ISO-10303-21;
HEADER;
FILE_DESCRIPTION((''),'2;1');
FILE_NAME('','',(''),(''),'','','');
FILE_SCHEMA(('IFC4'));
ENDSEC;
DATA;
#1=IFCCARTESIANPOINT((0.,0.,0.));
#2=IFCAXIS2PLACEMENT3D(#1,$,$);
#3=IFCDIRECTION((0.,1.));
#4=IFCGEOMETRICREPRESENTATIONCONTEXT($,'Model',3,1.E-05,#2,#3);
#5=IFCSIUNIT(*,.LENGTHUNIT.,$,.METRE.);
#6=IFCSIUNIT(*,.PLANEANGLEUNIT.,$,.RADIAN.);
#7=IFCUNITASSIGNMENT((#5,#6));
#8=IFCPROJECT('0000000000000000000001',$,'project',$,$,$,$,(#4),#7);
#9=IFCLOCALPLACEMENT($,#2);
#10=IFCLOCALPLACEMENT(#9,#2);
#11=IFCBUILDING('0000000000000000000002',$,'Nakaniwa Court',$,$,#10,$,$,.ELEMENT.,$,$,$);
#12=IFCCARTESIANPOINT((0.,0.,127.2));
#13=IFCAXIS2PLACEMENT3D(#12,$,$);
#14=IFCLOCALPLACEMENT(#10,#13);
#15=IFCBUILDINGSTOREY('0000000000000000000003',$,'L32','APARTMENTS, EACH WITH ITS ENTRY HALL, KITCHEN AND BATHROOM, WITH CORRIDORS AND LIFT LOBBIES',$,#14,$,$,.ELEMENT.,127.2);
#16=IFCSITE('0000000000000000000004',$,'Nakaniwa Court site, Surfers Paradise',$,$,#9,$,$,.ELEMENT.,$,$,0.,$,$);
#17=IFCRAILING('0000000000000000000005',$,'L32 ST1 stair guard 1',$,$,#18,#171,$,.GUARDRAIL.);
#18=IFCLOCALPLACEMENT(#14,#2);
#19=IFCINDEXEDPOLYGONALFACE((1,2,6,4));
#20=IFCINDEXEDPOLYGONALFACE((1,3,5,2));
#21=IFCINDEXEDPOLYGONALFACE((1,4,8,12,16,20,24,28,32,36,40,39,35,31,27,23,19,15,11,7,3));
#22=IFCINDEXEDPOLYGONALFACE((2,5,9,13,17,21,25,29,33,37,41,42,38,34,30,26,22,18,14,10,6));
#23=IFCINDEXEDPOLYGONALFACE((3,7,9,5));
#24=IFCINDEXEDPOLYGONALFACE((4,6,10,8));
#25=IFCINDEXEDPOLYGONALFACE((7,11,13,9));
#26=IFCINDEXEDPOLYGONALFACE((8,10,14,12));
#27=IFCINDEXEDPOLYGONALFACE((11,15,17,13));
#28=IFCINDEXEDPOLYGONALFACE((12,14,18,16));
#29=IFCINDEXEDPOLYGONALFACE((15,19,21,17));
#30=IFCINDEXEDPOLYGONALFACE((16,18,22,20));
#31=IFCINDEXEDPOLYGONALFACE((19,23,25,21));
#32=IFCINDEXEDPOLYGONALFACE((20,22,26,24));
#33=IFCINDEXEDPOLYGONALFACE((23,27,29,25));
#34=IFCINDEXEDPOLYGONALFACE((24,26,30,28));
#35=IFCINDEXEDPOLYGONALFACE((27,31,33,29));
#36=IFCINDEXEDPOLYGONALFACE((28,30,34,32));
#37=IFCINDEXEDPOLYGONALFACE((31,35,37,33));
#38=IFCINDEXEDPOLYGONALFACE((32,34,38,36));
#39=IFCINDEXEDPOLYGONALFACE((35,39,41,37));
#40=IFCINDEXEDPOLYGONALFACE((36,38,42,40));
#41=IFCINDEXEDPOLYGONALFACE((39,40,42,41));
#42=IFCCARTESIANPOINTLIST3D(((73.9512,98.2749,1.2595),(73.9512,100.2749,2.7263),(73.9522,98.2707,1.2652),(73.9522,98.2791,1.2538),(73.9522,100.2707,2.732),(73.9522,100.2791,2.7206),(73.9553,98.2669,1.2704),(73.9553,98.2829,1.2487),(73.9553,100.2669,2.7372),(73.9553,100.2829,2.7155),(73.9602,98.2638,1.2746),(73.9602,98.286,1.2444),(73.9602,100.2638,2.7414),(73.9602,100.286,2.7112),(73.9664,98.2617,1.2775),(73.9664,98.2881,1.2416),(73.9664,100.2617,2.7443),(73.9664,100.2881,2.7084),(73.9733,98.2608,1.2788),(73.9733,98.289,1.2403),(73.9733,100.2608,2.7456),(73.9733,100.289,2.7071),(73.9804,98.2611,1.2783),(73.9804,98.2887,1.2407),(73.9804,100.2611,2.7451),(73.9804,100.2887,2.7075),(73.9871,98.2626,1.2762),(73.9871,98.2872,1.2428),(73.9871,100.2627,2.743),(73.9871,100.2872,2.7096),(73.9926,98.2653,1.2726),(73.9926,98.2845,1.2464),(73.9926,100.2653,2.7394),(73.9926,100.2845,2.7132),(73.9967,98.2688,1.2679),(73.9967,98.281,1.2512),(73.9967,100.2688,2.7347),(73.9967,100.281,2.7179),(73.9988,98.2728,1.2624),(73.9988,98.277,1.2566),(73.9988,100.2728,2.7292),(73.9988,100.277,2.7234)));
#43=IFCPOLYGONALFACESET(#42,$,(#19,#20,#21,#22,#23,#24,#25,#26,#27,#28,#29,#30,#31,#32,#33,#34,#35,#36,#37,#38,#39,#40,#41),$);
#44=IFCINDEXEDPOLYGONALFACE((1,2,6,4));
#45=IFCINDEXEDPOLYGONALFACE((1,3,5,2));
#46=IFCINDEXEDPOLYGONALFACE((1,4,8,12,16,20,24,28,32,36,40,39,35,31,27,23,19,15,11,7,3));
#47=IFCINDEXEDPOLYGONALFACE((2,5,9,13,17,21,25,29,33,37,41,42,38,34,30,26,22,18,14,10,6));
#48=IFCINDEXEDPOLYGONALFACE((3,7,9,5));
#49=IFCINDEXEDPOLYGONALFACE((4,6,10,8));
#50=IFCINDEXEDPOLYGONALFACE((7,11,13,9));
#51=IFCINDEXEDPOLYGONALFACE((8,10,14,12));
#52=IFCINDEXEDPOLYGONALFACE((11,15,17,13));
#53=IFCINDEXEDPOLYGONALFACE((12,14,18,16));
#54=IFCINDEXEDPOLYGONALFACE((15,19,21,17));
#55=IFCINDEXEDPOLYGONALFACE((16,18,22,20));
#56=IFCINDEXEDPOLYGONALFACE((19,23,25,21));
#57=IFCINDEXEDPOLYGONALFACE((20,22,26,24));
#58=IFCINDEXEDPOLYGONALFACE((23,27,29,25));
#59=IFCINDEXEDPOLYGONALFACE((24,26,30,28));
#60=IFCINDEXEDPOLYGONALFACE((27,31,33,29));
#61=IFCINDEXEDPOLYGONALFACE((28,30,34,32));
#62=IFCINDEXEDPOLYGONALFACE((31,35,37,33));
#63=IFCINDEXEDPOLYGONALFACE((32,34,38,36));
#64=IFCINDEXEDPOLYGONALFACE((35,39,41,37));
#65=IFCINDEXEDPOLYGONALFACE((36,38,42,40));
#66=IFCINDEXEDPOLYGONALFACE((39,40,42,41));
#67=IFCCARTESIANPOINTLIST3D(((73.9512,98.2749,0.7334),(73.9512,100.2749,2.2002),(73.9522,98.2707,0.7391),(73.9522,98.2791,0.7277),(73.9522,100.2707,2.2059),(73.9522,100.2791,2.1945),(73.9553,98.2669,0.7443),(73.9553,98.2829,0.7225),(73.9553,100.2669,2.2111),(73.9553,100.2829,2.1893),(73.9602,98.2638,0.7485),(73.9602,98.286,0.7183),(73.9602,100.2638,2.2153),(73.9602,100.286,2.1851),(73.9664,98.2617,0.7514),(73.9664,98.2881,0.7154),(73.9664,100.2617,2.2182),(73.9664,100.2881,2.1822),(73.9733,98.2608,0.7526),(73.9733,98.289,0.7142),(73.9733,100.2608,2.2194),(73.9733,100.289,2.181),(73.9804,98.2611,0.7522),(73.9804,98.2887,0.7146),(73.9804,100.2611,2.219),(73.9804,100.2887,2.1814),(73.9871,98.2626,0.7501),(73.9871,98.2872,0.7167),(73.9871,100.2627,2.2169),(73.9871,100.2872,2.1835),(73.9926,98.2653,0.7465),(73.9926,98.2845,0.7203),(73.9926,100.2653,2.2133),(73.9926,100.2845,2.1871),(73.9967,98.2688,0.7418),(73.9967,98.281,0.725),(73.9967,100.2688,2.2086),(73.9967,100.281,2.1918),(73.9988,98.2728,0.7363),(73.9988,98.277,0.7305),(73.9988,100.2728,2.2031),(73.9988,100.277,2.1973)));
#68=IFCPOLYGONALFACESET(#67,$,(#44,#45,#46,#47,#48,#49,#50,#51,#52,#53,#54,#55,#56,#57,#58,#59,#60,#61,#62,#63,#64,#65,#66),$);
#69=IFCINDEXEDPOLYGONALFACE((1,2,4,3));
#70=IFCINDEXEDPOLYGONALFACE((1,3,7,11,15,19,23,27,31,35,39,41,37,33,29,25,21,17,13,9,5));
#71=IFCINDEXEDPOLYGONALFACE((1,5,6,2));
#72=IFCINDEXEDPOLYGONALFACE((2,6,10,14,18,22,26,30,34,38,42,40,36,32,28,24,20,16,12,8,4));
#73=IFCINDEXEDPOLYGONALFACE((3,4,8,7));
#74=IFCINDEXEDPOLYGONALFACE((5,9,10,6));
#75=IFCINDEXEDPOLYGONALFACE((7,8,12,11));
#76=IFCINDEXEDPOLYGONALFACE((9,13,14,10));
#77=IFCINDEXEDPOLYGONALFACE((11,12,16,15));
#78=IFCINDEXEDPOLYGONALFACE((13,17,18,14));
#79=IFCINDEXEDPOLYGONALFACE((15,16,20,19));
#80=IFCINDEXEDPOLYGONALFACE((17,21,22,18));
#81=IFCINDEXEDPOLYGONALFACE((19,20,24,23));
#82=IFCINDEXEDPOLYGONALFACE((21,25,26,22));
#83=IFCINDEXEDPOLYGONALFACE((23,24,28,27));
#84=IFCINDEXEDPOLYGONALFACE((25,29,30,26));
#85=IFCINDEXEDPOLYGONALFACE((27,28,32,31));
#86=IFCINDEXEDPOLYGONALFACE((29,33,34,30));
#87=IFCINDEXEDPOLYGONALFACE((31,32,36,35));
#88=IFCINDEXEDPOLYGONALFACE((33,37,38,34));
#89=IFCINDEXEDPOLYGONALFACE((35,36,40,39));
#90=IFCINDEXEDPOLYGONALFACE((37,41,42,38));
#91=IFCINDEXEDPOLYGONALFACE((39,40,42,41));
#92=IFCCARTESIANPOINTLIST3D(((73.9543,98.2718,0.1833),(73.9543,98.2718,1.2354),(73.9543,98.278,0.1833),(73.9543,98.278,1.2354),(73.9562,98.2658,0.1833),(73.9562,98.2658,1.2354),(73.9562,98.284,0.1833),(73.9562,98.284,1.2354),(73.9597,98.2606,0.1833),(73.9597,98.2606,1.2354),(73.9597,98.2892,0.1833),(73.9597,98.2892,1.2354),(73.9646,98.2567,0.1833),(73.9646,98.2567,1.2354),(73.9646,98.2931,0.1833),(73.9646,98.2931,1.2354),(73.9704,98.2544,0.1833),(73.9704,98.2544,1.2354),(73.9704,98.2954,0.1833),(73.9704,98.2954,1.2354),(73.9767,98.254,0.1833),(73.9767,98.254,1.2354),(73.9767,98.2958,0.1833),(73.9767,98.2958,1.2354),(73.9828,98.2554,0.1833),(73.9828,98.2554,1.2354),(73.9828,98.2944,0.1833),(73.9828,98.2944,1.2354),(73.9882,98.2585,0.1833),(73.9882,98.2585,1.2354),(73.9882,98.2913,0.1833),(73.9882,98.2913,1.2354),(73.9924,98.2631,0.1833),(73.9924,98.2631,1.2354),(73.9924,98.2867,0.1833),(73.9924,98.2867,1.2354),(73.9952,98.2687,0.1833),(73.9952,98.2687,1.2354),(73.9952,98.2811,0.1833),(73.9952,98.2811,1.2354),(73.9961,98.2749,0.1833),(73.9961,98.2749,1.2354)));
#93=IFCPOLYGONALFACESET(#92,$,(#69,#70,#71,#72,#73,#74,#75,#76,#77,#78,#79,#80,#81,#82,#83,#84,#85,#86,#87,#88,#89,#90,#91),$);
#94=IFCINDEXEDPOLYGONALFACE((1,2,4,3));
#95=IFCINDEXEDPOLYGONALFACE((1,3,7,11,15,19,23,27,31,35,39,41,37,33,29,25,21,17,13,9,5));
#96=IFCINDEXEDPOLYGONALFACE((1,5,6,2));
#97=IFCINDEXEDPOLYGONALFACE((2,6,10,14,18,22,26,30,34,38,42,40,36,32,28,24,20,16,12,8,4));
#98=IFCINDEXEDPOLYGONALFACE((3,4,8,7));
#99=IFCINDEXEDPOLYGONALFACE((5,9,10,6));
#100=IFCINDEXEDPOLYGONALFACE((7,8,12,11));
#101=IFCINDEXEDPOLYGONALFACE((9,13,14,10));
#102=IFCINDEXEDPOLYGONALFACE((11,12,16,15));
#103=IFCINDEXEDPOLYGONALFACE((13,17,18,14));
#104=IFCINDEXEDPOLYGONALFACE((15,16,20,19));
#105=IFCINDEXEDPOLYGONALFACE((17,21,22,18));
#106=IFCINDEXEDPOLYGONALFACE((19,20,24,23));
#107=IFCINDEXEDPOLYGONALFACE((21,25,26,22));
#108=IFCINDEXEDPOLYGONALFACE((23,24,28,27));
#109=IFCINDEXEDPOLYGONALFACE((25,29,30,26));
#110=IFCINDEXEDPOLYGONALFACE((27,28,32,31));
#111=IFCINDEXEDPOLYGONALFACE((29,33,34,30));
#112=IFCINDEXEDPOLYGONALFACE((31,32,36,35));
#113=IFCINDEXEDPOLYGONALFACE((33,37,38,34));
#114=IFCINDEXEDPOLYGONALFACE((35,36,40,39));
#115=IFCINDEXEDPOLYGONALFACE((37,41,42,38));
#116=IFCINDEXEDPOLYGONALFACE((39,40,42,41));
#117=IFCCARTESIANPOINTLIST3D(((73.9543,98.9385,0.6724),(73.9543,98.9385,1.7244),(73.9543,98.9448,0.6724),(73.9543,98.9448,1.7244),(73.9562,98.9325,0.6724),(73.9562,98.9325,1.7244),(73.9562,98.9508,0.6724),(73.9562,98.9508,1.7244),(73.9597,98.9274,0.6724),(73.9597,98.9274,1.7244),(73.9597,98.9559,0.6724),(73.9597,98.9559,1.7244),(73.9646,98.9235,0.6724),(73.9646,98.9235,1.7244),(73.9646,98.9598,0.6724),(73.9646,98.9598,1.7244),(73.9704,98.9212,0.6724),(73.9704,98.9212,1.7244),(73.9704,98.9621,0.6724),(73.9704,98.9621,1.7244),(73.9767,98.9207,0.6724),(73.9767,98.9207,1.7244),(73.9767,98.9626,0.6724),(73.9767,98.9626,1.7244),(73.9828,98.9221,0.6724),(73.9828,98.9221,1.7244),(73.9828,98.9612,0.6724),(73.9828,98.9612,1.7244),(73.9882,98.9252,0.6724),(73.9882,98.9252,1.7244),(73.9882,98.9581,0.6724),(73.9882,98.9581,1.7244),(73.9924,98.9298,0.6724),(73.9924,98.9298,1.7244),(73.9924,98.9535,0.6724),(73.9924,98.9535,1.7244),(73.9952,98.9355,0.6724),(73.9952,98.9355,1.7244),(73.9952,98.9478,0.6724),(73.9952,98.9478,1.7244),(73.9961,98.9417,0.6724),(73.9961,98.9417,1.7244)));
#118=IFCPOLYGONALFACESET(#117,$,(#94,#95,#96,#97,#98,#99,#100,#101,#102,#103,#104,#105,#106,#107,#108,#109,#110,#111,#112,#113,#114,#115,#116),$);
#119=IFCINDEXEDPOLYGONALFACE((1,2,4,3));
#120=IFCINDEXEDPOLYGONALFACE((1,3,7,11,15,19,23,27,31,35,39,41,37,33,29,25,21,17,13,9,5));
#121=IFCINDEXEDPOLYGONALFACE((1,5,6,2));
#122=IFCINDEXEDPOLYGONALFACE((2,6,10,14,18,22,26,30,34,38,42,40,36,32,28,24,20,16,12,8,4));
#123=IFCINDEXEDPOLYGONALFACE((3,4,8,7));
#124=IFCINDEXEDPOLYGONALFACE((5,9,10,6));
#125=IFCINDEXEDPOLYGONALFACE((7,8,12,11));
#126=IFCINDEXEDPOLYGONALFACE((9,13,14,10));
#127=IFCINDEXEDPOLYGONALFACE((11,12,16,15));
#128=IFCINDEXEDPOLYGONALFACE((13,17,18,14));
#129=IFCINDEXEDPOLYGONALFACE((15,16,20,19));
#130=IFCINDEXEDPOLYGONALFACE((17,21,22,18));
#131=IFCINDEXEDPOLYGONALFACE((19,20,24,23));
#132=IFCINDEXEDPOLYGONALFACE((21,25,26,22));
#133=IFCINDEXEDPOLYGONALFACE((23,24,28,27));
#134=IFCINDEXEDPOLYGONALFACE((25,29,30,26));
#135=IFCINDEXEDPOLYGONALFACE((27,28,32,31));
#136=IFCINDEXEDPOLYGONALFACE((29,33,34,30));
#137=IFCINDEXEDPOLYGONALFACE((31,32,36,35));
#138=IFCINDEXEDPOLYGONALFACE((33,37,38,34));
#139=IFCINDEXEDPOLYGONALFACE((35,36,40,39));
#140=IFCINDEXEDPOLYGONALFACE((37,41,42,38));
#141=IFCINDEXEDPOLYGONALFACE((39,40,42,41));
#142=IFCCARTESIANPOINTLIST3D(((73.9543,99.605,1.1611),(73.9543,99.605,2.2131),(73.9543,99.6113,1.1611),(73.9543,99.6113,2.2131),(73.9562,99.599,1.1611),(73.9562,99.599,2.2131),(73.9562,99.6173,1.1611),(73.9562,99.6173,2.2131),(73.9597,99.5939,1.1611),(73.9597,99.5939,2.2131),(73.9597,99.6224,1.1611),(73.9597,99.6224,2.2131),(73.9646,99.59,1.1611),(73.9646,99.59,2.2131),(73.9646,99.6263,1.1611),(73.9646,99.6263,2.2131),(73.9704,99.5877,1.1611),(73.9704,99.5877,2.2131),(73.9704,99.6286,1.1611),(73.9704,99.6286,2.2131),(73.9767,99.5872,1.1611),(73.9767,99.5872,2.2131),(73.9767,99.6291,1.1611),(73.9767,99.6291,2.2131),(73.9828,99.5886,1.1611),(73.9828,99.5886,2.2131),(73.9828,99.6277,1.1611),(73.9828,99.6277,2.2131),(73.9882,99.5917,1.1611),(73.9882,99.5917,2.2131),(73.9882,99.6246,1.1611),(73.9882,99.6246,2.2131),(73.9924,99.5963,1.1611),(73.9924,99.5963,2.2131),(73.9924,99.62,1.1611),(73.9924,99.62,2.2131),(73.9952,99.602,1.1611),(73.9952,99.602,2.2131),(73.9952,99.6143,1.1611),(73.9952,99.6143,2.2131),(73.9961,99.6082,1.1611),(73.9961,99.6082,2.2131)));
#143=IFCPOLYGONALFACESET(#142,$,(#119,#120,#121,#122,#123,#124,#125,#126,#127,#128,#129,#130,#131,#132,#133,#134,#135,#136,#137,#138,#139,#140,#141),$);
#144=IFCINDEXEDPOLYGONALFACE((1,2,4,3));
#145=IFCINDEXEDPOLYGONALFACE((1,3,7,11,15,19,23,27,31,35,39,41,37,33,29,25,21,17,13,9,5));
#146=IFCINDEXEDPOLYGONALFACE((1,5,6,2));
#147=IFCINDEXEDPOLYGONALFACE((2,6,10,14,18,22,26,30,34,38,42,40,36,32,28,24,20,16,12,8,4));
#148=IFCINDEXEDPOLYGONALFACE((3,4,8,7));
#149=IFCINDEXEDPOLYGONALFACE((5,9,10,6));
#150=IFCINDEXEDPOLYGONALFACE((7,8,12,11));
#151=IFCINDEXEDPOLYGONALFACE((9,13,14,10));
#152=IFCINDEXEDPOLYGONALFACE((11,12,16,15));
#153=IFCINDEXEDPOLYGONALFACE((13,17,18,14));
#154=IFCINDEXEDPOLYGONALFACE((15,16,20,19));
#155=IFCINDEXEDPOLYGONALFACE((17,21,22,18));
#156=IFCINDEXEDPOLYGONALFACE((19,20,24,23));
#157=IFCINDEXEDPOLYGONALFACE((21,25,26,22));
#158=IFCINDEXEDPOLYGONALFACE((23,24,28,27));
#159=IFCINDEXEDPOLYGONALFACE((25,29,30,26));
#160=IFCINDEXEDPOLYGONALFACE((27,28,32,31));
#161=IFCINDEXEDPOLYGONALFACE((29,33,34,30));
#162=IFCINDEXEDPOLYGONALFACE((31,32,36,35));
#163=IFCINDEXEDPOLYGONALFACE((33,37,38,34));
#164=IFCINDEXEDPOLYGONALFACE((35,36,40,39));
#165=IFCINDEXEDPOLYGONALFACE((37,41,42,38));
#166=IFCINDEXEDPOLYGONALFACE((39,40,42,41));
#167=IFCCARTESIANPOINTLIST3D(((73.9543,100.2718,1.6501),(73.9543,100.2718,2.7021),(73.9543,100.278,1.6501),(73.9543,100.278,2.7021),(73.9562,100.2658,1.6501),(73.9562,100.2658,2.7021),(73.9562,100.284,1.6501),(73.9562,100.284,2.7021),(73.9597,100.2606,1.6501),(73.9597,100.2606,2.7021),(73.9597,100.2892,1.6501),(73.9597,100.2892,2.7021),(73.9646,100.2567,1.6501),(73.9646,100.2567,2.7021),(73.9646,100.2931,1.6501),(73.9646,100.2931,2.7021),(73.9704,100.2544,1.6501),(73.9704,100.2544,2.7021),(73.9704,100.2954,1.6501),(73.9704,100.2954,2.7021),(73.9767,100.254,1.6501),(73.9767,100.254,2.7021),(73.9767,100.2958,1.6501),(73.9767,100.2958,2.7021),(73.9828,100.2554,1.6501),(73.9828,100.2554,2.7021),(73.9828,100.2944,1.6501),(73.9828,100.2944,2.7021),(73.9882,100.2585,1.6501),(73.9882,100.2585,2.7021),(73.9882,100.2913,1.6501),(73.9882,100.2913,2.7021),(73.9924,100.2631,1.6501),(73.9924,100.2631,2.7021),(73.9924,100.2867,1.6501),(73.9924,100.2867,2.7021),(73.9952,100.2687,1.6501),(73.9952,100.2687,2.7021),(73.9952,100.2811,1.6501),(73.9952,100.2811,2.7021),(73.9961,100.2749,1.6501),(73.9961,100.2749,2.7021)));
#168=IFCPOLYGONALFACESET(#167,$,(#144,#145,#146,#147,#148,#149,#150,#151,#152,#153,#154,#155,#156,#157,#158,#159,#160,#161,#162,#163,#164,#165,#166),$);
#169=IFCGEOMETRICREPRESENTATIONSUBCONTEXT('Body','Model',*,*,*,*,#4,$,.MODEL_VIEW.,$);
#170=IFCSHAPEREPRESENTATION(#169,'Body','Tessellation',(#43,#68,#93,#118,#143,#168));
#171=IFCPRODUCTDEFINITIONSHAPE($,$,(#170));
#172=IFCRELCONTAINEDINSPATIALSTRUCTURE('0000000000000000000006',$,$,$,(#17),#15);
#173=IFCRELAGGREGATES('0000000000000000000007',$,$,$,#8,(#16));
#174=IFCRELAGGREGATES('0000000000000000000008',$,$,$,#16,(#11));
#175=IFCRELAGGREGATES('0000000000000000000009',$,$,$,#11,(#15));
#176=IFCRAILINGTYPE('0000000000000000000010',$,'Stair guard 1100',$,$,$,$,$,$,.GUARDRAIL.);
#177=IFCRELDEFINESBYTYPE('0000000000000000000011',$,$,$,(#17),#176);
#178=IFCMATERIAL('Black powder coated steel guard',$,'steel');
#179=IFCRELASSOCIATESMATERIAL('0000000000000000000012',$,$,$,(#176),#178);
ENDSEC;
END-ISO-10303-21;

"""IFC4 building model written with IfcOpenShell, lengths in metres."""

from ifc_helpers import new_model, si_unit, direction, frame, origin, origin_2d, place, context, subcontext, project, spatial, circle, extrude, material, type_object, element, save


model = new_model("IFC4")

# Units and contexts
model_context = context("Model", 3, precision=1e-05, world=origin(), true_north=direction((0.0, 1.0)))
body_context = subcontext(model_context, "Body", "Model", "MODEL_VIEW")
ifc_project = project(units=[si_unit("LENGTHUNIT", "METRE"), si_unit("PLANEANGLEUNIT", "RADIAN")], contexts=[model_context])

# Site, building, storey
site_placement = place(None, origin())
site = spatial("IfcSite", under=ifc_project, at=site_placement, Name="Nakaniwa Court site, Surfers Paradise", CompositionType="ELEMENT", RefElevation=0.0)
building_placement = place(site_placement, origin())
building = spatial("IfcBuilding", under=site, at=building_placement, Name="Nakaniwa Court", CompositionType="ELEMENT")
storey_placement = place(building_placement, frame((0.0, 0.0, 127.2)))
storey = spatial("IfcBuildingStorey", under=building, at=storey_placement, Name="L32", Description="APARTMENTS, EACH WITH ITS ENTRY HALL, KITCHEN AND BATHROOM, WITH CORRIDORS AND LIFT LOBBIES", CompositionType="ELEMENT", Elevation=127.2)

# Railing
ifc_material_1 = material(Name="Black powder coated steel guard", Category="steel")
railing_type_1 = type_object("IfcRailingType", Name="Stair guard 1100", PredefinedType="GUARDRAIL", material=ifc_material_1)
railing_1_placement = place(storey_placement, frame((73.9751, 98.2749, 0.1833)))
element("IfcRailing", 1, at=railing_1_placement, inside=storey, type_object=railing_type_1, Name="L32 ST1 stair guard 1", PredefinedType="GUARDRAIL", context=body_context, shape_type="SweptSolid", body=[
    extrude(circle(Radius=0.0239, at=origin_2d()), frame((0.0, 0.0, 1.0762), z_axis=(0.0, 0.80638, 0.591398), x_axis=(-1.0, 0.0, 0.0)), (0.0, 0.0, 1.0), 2.4802),
    extrude(circle(Radius=0.0239, at=origin_2d()), frame((0.0, 0.0, 0.55), z_axis=(0.0, 0.80638, 0.591398), x_axis=(-1.0, 0.0, 0.0)), (0.0, 0.0, 1.0), 2.4802),
    extrude(circle(Radius=0.021, at=origin_2d()), origin(), (0.0, 0.0, 1.0), 1.052),
    extrude(circle(Radius=0.021, at=origin_2d()), frame((0.0, 0.6667, 0.489)), (0.0, 0.0, 1.0), 1.052),
    extrude(circle(Radius=0.021, at=origin_2d()), frame((0.0, 1.3333, 0.9778)), (0.0, 0.0, 1.0), 1.052),
    extrude(circle(Radius=0.021, at=origin_2d()), frame((0.0, 2.0, 1.4668)), (0.0, 0.0, 1.0), 1.052),
])

save(model, "model.ifc")
